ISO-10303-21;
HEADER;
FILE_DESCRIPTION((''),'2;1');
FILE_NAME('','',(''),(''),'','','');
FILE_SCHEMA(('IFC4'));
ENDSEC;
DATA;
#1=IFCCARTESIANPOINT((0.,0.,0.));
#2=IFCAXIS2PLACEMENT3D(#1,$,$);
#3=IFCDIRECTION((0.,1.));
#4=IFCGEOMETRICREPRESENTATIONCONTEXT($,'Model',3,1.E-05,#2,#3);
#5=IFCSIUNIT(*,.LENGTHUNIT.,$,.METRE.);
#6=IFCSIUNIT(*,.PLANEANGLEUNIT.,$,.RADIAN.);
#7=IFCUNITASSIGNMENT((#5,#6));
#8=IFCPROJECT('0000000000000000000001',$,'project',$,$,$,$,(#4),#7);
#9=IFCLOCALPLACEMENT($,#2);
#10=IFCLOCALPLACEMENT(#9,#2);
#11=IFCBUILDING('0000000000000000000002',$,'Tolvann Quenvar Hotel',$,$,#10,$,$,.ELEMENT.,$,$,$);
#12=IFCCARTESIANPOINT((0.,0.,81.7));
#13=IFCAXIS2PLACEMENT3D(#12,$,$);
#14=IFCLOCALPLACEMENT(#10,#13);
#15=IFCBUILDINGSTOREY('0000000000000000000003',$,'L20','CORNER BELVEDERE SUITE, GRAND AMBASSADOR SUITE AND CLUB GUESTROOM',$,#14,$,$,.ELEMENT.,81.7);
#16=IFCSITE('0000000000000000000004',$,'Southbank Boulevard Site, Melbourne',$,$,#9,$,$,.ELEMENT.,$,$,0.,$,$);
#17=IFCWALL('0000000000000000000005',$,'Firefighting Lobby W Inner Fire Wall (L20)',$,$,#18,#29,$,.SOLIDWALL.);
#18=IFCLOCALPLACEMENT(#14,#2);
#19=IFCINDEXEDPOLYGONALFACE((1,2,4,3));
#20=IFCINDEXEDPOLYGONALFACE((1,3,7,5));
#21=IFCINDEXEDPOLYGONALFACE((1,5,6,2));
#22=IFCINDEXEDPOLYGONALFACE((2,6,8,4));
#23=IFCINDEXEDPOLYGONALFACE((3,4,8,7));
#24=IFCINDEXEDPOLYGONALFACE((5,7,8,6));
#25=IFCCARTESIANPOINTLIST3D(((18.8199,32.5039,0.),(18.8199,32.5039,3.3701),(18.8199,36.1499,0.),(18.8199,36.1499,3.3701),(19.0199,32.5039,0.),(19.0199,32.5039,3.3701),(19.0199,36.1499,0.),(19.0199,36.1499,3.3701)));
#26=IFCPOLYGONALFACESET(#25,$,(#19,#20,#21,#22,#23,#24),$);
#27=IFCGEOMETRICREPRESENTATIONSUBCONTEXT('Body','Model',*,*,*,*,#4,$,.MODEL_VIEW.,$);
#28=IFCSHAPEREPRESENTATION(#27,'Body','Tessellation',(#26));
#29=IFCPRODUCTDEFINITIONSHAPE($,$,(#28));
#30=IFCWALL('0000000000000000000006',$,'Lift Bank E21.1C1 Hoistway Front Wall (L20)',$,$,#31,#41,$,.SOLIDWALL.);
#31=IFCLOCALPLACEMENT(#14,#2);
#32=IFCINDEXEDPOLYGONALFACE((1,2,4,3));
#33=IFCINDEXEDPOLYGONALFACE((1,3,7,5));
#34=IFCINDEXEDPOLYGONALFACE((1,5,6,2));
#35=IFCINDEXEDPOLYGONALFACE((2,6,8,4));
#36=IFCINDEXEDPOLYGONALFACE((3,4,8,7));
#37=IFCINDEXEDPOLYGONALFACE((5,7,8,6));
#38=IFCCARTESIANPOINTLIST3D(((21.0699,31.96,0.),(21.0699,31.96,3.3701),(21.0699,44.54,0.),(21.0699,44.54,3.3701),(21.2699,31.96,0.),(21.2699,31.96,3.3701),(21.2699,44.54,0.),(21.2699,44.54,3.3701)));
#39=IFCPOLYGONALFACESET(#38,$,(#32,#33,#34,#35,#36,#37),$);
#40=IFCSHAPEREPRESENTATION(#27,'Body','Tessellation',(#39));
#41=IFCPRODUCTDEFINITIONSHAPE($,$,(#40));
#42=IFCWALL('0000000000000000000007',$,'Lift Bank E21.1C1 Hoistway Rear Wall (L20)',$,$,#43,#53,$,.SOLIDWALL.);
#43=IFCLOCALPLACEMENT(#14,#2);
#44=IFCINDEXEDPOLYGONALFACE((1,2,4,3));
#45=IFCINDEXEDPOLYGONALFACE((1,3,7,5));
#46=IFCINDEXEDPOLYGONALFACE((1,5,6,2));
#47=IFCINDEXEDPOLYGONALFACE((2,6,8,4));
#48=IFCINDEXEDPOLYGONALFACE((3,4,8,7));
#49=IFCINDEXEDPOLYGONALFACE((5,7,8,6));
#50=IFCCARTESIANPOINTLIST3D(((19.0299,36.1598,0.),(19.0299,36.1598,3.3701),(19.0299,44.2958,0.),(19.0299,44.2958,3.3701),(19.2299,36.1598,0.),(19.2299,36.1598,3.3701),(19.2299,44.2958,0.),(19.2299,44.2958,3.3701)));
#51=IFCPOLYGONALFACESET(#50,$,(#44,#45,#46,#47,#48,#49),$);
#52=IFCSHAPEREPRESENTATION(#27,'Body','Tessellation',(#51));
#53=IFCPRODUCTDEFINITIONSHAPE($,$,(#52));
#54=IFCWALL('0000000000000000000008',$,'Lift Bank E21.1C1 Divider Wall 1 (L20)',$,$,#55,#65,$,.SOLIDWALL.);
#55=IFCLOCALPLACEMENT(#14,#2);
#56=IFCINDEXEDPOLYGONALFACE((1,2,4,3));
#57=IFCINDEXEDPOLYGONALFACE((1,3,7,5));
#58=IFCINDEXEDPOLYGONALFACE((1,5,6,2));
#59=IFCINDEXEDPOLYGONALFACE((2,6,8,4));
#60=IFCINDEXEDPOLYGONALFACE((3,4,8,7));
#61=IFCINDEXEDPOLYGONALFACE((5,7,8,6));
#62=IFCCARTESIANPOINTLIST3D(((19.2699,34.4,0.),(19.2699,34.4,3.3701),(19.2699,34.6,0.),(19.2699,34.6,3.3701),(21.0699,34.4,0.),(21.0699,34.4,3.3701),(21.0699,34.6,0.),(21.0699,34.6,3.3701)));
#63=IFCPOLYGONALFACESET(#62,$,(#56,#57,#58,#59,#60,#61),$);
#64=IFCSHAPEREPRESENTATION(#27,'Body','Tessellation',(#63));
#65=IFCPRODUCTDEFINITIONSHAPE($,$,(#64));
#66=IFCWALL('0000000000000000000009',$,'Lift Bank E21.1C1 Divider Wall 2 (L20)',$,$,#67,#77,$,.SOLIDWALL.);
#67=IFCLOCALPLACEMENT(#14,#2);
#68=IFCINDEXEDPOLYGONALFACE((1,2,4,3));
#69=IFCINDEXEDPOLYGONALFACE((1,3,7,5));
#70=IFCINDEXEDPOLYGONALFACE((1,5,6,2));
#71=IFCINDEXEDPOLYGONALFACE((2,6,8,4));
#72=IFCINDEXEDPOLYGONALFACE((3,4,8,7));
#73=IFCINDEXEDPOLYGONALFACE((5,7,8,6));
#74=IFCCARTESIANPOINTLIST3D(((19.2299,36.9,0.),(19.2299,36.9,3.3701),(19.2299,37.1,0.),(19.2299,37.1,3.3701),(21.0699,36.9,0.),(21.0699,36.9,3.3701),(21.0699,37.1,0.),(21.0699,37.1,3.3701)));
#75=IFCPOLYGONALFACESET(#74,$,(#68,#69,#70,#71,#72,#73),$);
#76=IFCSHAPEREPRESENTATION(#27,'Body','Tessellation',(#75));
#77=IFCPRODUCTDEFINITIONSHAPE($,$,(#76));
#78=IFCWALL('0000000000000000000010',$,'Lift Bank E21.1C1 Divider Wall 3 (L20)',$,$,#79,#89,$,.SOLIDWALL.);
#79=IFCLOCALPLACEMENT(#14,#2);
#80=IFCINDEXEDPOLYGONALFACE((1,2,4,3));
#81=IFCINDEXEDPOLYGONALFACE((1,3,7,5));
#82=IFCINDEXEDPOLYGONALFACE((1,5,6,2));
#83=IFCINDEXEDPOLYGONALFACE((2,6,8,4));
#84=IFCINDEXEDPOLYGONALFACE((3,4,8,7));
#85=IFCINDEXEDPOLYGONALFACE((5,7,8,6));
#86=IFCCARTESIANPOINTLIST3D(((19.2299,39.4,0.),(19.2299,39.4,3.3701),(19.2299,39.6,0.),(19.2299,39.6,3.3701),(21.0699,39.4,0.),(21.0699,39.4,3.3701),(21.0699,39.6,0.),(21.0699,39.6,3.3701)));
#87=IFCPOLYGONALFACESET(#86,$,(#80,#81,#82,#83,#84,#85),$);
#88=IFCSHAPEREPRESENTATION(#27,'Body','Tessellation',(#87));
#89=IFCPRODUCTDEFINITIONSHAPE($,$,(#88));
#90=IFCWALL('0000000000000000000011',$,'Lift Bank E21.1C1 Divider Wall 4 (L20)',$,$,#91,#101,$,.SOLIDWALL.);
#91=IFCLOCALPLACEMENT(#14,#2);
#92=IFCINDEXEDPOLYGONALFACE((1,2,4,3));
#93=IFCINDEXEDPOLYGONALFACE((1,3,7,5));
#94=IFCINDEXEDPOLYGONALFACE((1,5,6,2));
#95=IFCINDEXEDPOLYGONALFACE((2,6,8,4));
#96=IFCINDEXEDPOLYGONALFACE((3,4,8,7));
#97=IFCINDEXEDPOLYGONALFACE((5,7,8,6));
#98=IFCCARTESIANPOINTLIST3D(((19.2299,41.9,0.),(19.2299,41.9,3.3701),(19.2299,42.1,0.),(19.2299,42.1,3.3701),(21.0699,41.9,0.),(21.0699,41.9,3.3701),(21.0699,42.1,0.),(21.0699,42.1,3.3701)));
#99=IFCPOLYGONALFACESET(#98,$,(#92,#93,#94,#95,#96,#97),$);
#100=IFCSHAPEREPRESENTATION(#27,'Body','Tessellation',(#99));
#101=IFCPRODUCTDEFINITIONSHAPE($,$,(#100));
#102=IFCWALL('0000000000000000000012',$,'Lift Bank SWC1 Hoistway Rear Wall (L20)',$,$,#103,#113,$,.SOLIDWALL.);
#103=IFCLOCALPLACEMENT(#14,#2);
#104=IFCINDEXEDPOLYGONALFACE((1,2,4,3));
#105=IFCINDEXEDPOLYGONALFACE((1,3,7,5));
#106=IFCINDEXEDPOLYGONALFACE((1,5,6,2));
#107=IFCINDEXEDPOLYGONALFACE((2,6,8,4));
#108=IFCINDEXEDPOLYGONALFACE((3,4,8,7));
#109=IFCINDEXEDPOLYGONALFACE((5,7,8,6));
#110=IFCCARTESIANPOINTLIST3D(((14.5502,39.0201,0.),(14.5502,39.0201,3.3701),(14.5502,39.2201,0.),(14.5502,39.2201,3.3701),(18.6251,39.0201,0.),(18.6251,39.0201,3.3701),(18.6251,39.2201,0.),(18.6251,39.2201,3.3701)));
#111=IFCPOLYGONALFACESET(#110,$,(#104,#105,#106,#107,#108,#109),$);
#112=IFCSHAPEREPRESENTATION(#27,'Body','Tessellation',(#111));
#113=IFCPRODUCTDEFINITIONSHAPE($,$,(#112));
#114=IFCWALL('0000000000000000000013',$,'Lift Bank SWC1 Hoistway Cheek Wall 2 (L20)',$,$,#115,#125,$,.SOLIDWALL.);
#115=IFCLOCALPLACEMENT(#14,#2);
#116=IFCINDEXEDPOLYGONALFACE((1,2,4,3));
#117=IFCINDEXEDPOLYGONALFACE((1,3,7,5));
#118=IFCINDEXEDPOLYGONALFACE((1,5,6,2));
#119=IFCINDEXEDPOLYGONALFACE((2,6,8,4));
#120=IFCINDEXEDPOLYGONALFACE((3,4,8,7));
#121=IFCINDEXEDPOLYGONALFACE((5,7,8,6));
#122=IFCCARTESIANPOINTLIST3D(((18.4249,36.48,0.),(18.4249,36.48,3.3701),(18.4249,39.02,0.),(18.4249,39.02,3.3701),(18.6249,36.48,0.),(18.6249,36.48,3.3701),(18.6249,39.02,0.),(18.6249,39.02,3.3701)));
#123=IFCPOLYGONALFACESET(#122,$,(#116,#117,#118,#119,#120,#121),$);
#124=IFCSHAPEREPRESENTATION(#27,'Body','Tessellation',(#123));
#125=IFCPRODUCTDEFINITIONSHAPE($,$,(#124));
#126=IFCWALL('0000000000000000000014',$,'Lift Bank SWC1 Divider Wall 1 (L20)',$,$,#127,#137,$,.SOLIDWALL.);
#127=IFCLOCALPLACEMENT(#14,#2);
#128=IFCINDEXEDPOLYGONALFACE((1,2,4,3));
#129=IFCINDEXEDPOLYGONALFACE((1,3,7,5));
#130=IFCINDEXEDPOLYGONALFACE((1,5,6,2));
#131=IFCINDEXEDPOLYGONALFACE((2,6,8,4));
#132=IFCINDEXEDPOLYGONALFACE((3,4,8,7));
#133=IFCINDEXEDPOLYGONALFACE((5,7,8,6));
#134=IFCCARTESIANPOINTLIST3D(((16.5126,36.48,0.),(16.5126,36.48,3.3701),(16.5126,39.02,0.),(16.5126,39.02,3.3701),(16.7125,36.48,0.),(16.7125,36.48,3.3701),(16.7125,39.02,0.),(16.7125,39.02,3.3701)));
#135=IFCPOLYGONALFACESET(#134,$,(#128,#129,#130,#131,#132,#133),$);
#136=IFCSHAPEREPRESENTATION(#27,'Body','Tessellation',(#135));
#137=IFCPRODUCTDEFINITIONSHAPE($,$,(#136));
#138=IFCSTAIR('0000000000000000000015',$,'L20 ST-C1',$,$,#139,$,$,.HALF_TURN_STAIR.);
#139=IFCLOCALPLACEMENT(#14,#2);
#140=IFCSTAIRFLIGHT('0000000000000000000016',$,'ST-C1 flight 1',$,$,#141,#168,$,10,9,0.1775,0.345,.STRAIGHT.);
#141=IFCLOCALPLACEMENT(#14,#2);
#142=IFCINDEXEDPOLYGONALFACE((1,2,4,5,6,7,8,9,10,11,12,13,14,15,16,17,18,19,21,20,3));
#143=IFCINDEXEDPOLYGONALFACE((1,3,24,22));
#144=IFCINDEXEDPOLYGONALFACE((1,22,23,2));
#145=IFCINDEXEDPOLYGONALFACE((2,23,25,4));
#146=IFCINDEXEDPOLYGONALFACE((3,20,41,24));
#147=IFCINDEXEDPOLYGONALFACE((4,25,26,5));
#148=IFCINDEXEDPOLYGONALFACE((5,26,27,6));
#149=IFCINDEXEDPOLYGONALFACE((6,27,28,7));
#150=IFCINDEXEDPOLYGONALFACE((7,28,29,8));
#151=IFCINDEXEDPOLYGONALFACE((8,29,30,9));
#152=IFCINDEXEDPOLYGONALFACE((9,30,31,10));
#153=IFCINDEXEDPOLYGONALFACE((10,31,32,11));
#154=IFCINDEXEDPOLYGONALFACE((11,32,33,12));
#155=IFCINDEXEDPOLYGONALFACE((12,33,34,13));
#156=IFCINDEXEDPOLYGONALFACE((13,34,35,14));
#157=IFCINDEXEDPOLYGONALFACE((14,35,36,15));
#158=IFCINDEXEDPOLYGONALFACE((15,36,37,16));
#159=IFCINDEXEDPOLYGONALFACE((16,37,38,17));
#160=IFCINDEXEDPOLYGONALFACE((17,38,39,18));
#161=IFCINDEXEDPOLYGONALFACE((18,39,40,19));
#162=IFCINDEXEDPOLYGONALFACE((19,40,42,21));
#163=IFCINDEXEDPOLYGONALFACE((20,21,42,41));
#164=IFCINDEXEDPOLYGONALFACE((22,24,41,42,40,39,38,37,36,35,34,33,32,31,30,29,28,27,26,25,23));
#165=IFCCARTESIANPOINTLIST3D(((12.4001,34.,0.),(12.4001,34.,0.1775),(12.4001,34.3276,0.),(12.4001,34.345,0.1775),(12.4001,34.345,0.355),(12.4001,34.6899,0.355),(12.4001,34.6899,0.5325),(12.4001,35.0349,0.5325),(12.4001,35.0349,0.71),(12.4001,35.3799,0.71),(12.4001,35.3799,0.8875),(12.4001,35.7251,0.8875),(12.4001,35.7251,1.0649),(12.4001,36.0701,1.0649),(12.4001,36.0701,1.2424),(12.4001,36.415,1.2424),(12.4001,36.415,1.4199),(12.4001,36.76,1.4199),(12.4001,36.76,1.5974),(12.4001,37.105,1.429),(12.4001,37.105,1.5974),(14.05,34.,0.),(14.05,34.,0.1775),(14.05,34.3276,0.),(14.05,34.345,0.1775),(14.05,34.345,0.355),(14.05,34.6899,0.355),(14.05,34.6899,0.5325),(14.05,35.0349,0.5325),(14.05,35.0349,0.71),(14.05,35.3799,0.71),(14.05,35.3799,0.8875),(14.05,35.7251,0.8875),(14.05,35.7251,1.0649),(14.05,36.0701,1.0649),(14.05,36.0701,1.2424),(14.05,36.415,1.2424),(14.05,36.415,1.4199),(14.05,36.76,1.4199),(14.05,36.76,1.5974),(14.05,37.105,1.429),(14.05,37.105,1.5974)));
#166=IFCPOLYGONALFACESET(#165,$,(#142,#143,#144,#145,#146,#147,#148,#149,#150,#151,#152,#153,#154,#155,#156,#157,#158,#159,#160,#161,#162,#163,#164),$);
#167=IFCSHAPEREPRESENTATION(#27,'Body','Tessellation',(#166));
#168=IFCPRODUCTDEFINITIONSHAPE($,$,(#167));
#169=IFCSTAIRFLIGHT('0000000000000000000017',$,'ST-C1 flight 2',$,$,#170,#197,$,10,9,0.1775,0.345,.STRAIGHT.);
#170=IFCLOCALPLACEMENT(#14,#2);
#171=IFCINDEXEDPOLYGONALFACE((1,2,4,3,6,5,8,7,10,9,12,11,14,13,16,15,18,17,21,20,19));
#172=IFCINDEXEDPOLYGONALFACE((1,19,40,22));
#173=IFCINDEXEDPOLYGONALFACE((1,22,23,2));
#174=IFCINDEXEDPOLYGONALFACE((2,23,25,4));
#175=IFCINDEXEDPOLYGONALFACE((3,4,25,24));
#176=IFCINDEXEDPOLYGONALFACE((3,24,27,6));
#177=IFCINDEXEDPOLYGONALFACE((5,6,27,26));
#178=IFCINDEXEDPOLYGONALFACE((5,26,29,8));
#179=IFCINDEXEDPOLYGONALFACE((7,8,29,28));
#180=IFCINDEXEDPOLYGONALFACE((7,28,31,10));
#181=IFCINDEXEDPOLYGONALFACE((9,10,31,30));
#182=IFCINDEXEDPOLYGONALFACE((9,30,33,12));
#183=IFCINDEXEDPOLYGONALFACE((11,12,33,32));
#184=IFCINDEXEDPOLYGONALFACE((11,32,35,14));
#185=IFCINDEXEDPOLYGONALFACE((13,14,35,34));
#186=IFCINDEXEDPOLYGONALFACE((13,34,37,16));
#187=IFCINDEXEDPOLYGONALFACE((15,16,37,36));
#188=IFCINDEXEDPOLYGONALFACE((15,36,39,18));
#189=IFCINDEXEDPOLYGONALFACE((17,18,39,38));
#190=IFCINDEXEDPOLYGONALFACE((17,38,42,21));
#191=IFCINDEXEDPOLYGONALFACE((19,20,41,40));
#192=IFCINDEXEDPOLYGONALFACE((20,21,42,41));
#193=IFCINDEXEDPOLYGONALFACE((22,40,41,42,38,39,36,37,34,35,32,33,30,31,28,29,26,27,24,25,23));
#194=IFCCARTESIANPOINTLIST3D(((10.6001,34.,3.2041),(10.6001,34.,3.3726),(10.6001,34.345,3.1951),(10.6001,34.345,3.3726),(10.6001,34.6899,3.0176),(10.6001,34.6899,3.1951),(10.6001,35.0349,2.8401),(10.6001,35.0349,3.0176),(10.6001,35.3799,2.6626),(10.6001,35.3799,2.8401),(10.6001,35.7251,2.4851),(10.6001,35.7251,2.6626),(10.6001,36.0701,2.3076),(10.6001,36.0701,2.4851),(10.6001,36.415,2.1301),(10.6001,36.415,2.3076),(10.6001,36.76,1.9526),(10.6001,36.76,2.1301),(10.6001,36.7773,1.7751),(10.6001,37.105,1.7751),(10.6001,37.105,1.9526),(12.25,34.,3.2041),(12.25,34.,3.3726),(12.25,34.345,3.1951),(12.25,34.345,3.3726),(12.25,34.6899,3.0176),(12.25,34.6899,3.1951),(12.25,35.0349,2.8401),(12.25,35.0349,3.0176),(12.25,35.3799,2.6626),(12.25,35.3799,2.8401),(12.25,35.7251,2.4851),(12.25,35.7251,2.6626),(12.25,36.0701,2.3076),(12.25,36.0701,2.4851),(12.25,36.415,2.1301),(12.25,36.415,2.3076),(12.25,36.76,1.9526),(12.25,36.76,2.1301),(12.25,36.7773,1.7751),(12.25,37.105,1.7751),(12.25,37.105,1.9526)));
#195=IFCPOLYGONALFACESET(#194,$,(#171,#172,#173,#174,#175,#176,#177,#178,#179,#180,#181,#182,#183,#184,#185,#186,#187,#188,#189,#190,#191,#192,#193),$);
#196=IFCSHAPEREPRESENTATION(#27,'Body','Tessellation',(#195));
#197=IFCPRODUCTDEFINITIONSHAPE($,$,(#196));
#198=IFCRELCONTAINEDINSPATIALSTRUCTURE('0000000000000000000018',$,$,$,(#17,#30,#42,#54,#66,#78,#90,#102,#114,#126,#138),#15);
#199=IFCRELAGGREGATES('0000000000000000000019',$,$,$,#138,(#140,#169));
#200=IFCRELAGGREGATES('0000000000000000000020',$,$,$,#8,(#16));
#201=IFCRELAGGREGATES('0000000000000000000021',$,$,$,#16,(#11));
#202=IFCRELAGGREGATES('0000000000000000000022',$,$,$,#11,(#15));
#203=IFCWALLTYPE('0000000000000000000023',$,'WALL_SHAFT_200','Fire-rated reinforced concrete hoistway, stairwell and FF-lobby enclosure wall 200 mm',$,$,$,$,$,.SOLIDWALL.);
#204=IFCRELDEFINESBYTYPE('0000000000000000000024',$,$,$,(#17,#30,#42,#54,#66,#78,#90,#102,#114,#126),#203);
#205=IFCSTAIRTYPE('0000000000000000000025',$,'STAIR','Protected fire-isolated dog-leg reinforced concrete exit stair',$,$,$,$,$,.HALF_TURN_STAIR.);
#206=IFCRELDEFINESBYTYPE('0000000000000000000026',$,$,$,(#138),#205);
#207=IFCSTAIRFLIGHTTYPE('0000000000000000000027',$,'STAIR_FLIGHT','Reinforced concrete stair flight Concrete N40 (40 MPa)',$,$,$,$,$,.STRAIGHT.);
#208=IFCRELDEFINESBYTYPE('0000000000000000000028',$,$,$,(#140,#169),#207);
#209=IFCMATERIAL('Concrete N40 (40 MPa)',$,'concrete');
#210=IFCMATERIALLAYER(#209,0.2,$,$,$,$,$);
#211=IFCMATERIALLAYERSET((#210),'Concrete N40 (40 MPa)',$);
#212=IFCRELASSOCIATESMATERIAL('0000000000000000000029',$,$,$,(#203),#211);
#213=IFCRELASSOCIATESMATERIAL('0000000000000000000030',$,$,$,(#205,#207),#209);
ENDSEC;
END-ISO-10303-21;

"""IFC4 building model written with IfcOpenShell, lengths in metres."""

from ifc_helpers import new_model, si_unit, direction, frame, frame_2d, origin, place, context, subcontext, project, spatial, polyline, rectangle, outline, extrude, material, layer, layer_set, type_object, element, aggregate, save


model = new_model("IFC4")

# Units and contexts
model_context = context("Model", 3, precision=1e-05, world=origin(), true_north=direction((0.0, 1.0)))
body_context = subcontext(model_context, "Body", "Model", "MODEL_VIEW")
ifc_project = project(units=[si_unit("LENGTHUNIT", "METRE"), si_unit("PLANEANGLEUNIT", "RADIAN")], contexts=[model_context])

# Site, building, storey
site_placement = place(None, origin())
site = spatial("IfcSite", under=ifc_project, at=site_placement, Name="Southbank Boulevard Site, Melbourne", CompositionType="ELEMENT", RefElevation=0.0)
building_placement = place(site_placement, origin())
building = spatial("IfcBuilding", under=site, at=building_placement, Name="Tolvann Quenvar Hotel", CompositionType="ELEMENT")
storey_placement = place(building_placement, frame((0.0, 0.0, 81.7)))
storey = spatial("IfcBuildingStorey", under=building, at=storey_placement, Name="L20", Description="CORNER BELVEDERE SUITE, GRAND AMBASSADOR SUITE AND CLUB GUESTROOM", CompositionType="ELEMENT", Elevation=81.7)

# Walls
ifc_material_1 = material(Name="Concrete N40 (40 MPa)", Category="concrete")
ifc_layer_1 = layer(ifc_material_1, 0.2)
ifc_layer_set_1 = layer_set([ifc_layer_1], Name="Concrete N40 (40 MPa)")
wall_type_1 = type_object("IfcWallType", Name="WALL_SHAFT_200", Description="Fire-rated reinforced concrete hoistway, stairwell and FF-lobby enclosure wall 200 mm", PredefinedType="SOLIDWALL", material=ifc_layer_set_1)
wall_1_placement = place(storey_placement, frame((18.9199, 32.5039, 0.0), z_axis=(0.0, 0.0, 1.0), x_axis=(0.0, 1.0, 0.0)))
element("IfcWall", 1, at=wall_1_placement, inside=storey, type_object=wall_type_1, Name="Firefighting Lobby W Inner Fire Wall (L20)", PredefinedType="SOLIDWALL", context=body_context, shape_type="SweptSolid", body=[
    extrude(rectangle(XDim=3.646, YDim=0.2, at=frame_2d((1.823, 0.0))), origin(), (0.0, 0.0, 1.0), 3.3701),
])
wall_2_placement = place(storey_placement, frame((21.1699, 31.96, 0.0), z_axis=(0.0, 0.0, 1.0), x_axis=(0.0, 1.0, 0.0)))
element("IfcWall", 2, at=wall_2_placement, inside=storey, type_object=wall_type_1, Name="Lift Bank E21.1C1 Hoistway Front Wall (L20)", PredefinedType="SOLIDWALL", context=body_context, shape_type="SweptSolid", body=[
    extrude(rectangle(XDim=12.5801, YDim=0.2, at=frame_2d((6.29, 0.0))), origin(), (0.0, 0.0, 1.0), 3.3701),
])
wall_3_placement = place(storey_placement, frame((19.1299, 36.1599, 0.0), z_axis=(0.0, 0.0, 1.0), x_axis=(0.0, 1.0, 0.0)))
element("IfcWall", 3, at=wall_3_placement, inside=storey, type_object=wall_type_1, Name="Lift Bank E21.1C1 Hoistway Rear Wall (L20)", PredefinedType="SOLIDWALL", context=body_context, shape_type="SweptSolid", body=[
    extrude(rectangle(XDim=8.136, YDim=0.2, at=frame_2d((4.0679, 0.0))), origin(), (0.0, 0.0, 1.0), 3.3701),
])
wall_4_placement = place(storey_placement, frame((19.27, 34.5, 0.0), z_axis=(0.0, 0.0, 1.0), x_axis=(1.0, 0.0, 0.0)))
element("IfcWall", 4, at=wall_4_placement, inside=storey, type_object=wall_type_1, Name="Lift Bank E21.1C1 Divider Wall 1 (L20)", PredefinedType="SOLIDWALL", context=body_context, shape_type="SweptSolid", body=[
    extrude(rectangle(XDim=1.8, YDim=0.2, at=frame_2d((0.8999, 0.0))), origin(), (0.0, 0.0, 1.0), 3.3701),
])
for number, where, z_axis, x_axis, name in (
    (5, (19.23, 37.0, 0.0), (0.0, 0.0, 1.0), (1.0, 0.0, 0.0), "Lift Bank E21.1C1 Divider Wall 2 (L20)"),
    (6, (19.23, 39.5, 0.0), (0.0, 0.0, 1.0), (1.0, 0.0, 0.0), "Lift Bank E21.1C1 Divider Wall 3 (L20)"),
    (7, (19.23, 42.0, 0.0), (0.0, 0.0, 1.0), (1.0, 0.0, 0.0), "Lift Bank E21.1C1 Divider Wall 4 (L20)"),
):
    element("IfcWall", number, at=place(storey_placement, frame(where, z_axis=z_axis, x_axis=x_axis)), inside=storey, type_object=wall_type_1, Name=name, PredefinedType="SOLIDWALL", context=body_context, shape_type="SweptSolid", body=[
        extrude(rectangle(XDim=1.8401, YDim=0.2, at=frame_2d((0.9199, 0.0))), origin(), (0.0, 0.0, 1.0), 3.3701),
    ])

# Walls
wall_5_placement = place(storey_placement, frame((14.55, 39.1201, 0.0), z_axis=(0.0, 0.0, 1.0), x_axis=(1.0, 0.0, 0.0)))
element("IfcWall", 8, at=wall_5_placement, inside=storey, type_object=wall_type_1, Name="Lift Bank SWC1 Hoistway Rear Wall (L20)", PredefinedType="SOLIDWALL", context=body_context, shape_type="SweptSolid", body=[
    extrude(rectangle(XDim=4.075, YDim=0.2, at=frame_2d((2.0376, 0.0))), origin(), (0.0, 0.0, 1.0), 3.3701),
])
for number, where, z_axis, x_axis, name in (
    (9, (18.5249, 36.48, 0.0), (0.0, 0.0, 1.0), (0.0, 1.0, 0.0), "Lift Bank SWC1 Hoistway Cheek Wall 2 (L20)"),
    (10, (16.6125, 36.48, 0.0), (0.0, 0.0, 1.0), (0.0, 1.0, 0.0), "Lift Bank SWC1 Divider Wall 1 (L20)"),
):
    element("IfcWall", number, at=place(storey_placement, frame(where, z_axis=z_axis, x_axis=x_axis)), inside=storey, type_object=wall_type_1, Name=name, PredefinedType="SOLIDWALL", context=body_context, shape_type="SweptSolid", body=[
        extrude(rectangle(XDim=2.54, YDim=0.2, at=frame_2d((1.27, 0.0))), origin(), (0.0, 0.0, 1.0), 3.3701),
    ])

# Stair, stair flights
stair_type = type_object("IfcStairType", Name="STAIR", Description="Protected fire-isolated dog-leg reinforced concrete exit stair", PredefinedType="HALF_TURN_STAIR", material=ifc_material_1)
stair_placement = place(storey_placement, origin())
stair = element("IfcStair", 11, at=stair_placement, inside=storey, type_object=stair_type, Name="L20 ST-C1", PredefinedType="HALF_TURN_STAIR")
stair_flight_type = type_object("IfcStairFlightType", Name="STAIR_FLIGHT", Description="Reinforced concrete stair flight Concrete N40 (40 MPa)", PredefinedType="STRAIGHT", material=ifc_material_1)
stair_flight_1_placement = place(storey_placement, frame((13.2251, 34.0, 0.0), z_axis=(0.0, 0.0, 1.0), x_axis=(0.0, 1.0, 0.0)))
stair_flight_1 = element("IfcStairFlight", 12, at=stair_flight_1_placement, type_object=stair_flight_type, Name="ST-C1 flight 1", NumberOfRisers=10, NumberOfTreads=9, PredefinedType="STRAIGHT", RiserHeight=0.1775, TreadLength=0.345, context=body_context, shape_type="SweptSolid", body=[
    extrude(outline(polyline([(0.0, 0.0), (0.0, 0.1775), (0.345, 0.1775), (0.345, 0.355), (0.6899, 0.355), (0.6899, 0.5325), (1.0349, 0.5325), (1.0349, 0.71), (1.3799, 0.71), (1.3799, 0.8875), (1.7251, 0.8875), (1.7251, 1.0649), (2.0701, 1.0649), (2.0701, 1.2424), (2.415, 1.2424), (2.415, 1.4199), (2.76, 1.4199), (2.76, 1.5974), (3.105, 1.5974), (3.105, 1.7749), (3.105, 1.429), (0.3276, 0.0), (0.0, 0.0)])), frame((0.0, 0.825, 0.0), z_axis=(0.0, -1.0, 0.0), x_axis=(1.0, 0.0, 0.0)), (0.0, 0.0, 1.0), 1.6499),
])
stair_flight_2_placement = place(storey_placement, frame((11.425, 37.105, 1.7751), z_axis=(0.0, 0.0, 1.0), x_axis=(0.0, -1.0, 0.0)))
stair_flight_2 = element("IfcStairFlight", 13, at=stair_flight_2_placement, type_object=stair_flight_type, Name="ST-C1 flight 2", NumberOfRisers=10, NumberOfTreads=9, PredefinedType="STRAIGHT", RiserHeight=0.1775, TreadLength=0.345, context=body_context, shape_type="SweptSolid", body=[
    extrude(outline(polyline([(0.0, 0.0), (0.0, 0.1775), (0.345, 0.1775), (0.345, 0.355), (0.6899, 0.355), (0.6899, 0.5325), (1.0349, 0.5325), (1.0349, 0.71), (1.3799, 0.71), (1.3799, 0.8875), (1.7251, 0.8875), (1.7251, 1.0649), (2.0701, 1.0649), (2.0701, 1.2424), (2.415, 1.2424), (2.415, 1.4199), (2.76, 1.4199), (2.76, 1.5974), (3.105, 1.5974), (3.105, 1.7749), (3.105, 1.429), (0.3276, 0.0), (0.0, 0.0)])), frame((0.0, 0.825, 0.0), z_axis=(0.0, -1.0, 0.0), x_axis=(1.0, 0.0, 0.0)), (0.0, 0.0, 1.0), 1.6499),
])
aggregate(stair, [stair_flight_1, stair_flight_2])

save(model, "model.ifc")
